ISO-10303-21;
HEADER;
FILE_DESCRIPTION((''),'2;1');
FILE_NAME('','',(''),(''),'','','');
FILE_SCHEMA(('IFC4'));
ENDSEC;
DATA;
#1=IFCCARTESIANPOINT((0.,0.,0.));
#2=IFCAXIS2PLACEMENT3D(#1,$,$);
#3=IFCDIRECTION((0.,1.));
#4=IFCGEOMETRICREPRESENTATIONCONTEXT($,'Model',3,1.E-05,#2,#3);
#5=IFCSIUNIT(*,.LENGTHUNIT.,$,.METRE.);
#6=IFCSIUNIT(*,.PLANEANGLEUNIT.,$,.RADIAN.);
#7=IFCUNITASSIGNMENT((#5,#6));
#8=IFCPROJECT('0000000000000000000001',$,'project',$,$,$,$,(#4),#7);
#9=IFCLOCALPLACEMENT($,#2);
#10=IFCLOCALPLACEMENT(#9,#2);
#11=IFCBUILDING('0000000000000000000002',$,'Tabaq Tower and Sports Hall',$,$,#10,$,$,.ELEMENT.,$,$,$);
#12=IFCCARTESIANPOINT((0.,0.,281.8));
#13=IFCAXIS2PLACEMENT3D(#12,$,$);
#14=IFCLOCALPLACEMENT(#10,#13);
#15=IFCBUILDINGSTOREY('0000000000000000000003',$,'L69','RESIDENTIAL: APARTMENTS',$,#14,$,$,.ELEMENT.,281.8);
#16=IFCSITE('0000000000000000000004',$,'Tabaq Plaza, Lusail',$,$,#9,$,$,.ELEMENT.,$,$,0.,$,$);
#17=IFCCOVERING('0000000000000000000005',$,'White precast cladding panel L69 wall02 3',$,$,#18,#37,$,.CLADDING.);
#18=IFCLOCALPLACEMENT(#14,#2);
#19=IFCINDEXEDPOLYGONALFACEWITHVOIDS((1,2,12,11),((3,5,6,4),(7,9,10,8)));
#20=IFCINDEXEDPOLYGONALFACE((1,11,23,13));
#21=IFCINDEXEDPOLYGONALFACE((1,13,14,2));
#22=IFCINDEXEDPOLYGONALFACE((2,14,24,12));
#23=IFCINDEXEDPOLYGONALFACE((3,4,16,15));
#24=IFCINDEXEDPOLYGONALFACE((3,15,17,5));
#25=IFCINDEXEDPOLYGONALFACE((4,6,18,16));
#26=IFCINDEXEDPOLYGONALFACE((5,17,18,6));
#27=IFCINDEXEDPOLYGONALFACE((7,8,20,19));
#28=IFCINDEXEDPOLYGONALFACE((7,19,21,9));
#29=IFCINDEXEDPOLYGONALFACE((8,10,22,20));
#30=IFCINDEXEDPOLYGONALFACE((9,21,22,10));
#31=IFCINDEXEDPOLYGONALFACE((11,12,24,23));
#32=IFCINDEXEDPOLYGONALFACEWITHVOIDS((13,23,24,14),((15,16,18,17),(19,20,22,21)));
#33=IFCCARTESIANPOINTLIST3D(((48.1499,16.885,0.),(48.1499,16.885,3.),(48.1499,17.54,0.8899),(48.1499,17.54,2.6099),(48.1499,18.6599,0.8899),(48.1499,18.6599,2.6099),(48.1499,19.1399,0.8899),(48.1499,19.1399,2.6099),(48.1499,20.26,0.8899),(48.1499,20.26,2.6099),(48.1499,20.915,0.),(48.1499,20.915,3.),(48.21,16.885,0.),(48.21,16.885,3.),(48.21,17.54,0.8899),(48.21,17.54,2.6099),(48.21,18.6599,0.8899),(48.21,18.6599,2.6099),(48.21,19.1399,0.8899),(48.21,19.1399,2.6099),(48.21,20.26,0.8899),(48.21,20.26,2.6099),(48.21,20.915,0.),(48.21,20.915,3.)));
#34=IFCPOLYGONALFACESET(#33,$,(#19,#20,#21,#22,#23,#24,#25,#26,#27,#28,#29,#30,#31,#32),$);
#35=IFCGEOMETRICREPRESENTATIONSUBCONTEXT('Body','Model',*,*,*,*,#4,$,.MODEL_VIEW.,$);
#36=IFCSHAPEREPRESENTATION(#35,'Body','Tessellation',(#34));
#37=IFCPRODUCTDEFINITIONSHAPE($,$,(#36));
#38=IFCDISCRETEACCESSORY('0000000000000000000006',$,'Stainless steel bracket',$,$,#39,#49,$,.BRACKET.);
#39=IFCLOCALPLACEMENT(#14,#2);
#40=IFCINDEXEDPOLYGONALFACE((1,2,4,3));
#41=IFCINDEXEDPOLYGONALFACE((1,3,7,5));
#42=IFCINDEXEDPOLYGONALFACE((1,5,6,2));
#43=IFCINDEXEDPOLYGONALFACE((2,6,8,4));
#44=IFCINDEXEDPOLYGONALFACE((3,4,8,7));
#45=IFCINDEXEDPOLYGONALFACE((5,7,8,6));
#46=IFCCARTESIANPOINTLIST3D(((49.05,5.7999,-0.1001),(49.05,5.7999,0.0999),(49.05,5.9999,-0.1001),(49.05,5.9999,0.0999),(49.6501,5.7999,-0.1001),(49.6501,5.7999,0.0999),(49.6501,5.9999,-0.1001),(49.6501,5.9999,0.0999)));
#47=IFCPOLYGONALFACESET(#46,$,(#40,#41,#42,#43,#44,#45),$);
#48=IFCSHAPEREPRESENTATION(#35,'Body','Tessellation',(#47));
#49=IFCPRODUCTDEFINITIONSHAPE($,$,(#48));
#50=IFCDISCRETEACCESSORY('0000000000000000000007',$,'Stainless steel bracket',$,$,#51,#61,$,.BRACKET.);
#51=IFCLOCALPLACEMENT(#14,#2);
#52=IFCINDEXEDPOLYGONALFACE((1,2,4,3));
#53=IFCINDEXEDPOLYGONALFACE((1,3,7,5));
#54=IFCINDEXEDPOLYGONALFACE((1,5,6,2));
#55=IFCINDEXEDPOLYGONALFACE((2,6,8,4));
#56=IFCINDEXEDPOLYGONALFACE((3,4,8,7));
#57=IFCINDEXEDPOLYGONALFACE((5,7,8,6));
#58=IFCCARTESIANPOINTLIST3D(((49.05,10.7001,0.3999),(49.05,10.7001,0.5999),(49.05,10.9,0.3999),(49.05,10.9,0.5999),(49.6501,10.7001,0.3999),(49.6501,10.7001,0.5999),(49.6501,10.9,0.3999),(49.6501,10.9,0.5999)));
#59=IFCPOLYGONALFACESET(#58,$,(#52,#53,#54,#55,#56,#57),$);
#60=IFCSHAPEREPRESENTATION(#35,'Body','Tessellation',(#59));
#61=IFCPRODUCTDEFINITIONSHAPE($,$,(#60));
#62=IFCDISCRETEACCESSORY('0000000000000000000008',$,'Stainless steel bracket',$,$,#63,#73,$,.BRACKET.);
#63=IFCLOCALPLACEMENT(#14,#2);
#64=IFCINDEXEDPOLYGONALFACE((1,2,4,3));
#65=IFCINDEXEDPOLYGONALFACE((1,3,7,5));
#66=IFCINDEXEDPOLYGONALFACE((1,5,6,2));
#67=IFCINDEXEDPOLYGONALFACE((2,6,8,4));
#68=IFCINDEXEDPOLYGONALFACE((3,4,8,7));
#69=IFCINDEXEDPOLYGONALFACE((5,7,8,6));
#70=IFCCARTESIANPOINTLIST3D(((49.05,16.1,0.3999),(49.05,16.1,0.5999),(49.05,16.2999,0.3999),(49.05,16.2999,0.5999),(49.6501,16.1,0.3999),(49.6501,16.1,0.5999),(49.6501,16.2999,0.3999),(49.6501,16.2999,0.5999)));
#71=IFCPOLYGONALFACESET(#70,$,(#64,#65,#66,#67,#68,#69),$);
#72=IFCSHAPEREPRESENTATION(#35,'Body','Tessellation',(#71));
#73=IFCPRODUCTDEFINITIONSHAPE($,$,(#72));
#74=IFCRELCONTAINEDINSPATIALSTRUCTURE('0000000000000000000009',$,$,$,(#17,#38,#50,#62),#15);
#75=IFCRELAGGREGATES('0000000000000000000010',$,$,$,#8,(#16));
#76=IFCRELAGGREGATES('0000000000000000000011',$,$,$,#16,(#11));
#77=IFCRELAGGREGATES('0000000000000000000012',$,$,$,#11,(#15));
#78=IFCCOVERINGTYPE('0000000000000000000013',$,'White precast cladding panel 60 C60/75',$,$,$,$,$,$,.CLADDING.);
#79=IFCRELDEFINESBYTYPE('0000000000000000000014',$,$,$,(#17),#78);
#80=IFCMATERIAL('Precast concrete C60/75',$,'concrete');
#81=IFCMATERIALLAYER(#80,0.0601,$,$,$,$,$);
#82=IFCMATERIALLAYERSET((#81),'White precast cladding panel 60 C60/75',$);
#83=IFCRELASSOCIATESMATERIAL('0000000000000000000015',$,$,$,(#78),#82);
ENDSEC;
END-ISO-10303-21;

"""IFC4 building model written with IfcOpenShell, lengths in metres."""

from ifc_helpers import new_model, si_unit, direction, frame, origin, origin_2d, place, context, subcontext, project, spatial, polyline, rectangle, outline, extrude, material, layer, layer_set, type_object, element, save


model = new_model("IFC4")

# Units and contexts
model_context = context("Model", 3, precision=1e-05, world=origin(), true_north=direction((0.0, 1.0)))
body_context = subcontext(model_context, "Body", "Model", "MODEL_VIEW")
ifc_project = project(units=[si_unit("LENGTHUNIT", "METRE"), si_unit("PLANEANGLEUNIT", "RADIAN")], contexts=[model_context])

# Site, building, storey
site_placement = place(None, origin())
site = spatial("IfcSite", under=ifc_project, at=site_placement, Name="Tabaq Plaza, Lusail", CompositionType="ELEMENT", RefElevation=0.0)
building_placement = place(site_placement, origin())
building = spatial("IfcBuilding", under=site, at=building_placement, Name="Tabaq Tower and Sports Hall", CompositionType="ELEMENT")
storey_placement = place(building_placement, frame((0.0, 0.0, 281.8)))
storey = spatial("IfcBuildingStorey", under=building, at=storey_placement, Name="L69", Description="RESIDENTIAL: APARTMENTS", CompositionType="ELEMENT", Elevation=281.8)

# Covering
ifc_material_1 = material(Name="Precast concrete C60/75", Category="concrete")
ifc_layer_1 = layer(ifc_material_1, 0.0601)
ifc_layer_set_1 = layer_set([ifc_layer_1], Name="White precast cladding panel 60 C60/75")
covering_type_1 = type_object("IfcCoveringType", Name="White precast cladding panel 60 C60/75", PredefinedType="CLADDING", material=ifc_layer_set_1)
covering_1_placement = place(storey_placement, frame((48.1799, 16.885, 0.0), z_axis=(0.0, 0.0, 1.0), x_axis=(0.0, 1.0, 0.0)))
element("IfcCovering", 1, at=covering_1_placement, inside=storey, type_object=covering_type_1, Name="White precast cladding panel L69 wall02 3", PredefinedType="CLADDING", context=body_context, shape_type="SweptSolid", body=[
    extrude(outline(polyline([(0.0, 0.0), (4.03, 0.0), (4.03, 3.0), (0.0, 3.0), (0.0, 0.0)]), holes=[polyline([(0.655, 2.6099), (1.7749, 2.6099), (1.7749, 0.8899), (0.655, 0.8899), (0.655, 2.6099)]), polyline([(2.2549, 2.6099), (3.375, 2.6099), (3.375, 0.8899), (2.2549, 0.8899), (2.2549, 2.6099)])]), frame((0.0, 0.03, 0.0), z_axis=(0.0, -1.0, 0.0), x_axis=(1.0, 0.0, 0.0)), (0.0, 0.0, 1.0), 0.0601),
])

# Discrete accessories
for number, where, z_axis, x_axis, name in (
    (2, (49.3501, 5.8999, -0.1001), (0.0, 0.0, 1.0), (1.0, 0.0, 0.0), "Stainless steel bracket"),
    (3, (49.3501, 10.8, 0.3999), (0.0, 0.0, 1.0), (1.0, 0.0, 0.0), "Stainless steel bracket"),
    (4, (49.3501, 16.2, 0.3999), (0.0, 0.0, 1.0), (1.0, 0.0, 0.0), "Stainless steel bracket"),
):
    element("IfcDiscreteAccessory", number, at=place(storey_placement, frame(where, z_axis=z_axis, x_axis=x_axis)), inside=storey, Name=name, PredefinedType="BRACKET", context=body_context, shape_type="SweptSolid", body=[
        extrude(rectangle(XDim=0.6001, YDim=0.2, at=origin_2d()), origin(), (0.0, 0.0, 1.0), 0.2),
    ])

save(model, "model.ifc")
